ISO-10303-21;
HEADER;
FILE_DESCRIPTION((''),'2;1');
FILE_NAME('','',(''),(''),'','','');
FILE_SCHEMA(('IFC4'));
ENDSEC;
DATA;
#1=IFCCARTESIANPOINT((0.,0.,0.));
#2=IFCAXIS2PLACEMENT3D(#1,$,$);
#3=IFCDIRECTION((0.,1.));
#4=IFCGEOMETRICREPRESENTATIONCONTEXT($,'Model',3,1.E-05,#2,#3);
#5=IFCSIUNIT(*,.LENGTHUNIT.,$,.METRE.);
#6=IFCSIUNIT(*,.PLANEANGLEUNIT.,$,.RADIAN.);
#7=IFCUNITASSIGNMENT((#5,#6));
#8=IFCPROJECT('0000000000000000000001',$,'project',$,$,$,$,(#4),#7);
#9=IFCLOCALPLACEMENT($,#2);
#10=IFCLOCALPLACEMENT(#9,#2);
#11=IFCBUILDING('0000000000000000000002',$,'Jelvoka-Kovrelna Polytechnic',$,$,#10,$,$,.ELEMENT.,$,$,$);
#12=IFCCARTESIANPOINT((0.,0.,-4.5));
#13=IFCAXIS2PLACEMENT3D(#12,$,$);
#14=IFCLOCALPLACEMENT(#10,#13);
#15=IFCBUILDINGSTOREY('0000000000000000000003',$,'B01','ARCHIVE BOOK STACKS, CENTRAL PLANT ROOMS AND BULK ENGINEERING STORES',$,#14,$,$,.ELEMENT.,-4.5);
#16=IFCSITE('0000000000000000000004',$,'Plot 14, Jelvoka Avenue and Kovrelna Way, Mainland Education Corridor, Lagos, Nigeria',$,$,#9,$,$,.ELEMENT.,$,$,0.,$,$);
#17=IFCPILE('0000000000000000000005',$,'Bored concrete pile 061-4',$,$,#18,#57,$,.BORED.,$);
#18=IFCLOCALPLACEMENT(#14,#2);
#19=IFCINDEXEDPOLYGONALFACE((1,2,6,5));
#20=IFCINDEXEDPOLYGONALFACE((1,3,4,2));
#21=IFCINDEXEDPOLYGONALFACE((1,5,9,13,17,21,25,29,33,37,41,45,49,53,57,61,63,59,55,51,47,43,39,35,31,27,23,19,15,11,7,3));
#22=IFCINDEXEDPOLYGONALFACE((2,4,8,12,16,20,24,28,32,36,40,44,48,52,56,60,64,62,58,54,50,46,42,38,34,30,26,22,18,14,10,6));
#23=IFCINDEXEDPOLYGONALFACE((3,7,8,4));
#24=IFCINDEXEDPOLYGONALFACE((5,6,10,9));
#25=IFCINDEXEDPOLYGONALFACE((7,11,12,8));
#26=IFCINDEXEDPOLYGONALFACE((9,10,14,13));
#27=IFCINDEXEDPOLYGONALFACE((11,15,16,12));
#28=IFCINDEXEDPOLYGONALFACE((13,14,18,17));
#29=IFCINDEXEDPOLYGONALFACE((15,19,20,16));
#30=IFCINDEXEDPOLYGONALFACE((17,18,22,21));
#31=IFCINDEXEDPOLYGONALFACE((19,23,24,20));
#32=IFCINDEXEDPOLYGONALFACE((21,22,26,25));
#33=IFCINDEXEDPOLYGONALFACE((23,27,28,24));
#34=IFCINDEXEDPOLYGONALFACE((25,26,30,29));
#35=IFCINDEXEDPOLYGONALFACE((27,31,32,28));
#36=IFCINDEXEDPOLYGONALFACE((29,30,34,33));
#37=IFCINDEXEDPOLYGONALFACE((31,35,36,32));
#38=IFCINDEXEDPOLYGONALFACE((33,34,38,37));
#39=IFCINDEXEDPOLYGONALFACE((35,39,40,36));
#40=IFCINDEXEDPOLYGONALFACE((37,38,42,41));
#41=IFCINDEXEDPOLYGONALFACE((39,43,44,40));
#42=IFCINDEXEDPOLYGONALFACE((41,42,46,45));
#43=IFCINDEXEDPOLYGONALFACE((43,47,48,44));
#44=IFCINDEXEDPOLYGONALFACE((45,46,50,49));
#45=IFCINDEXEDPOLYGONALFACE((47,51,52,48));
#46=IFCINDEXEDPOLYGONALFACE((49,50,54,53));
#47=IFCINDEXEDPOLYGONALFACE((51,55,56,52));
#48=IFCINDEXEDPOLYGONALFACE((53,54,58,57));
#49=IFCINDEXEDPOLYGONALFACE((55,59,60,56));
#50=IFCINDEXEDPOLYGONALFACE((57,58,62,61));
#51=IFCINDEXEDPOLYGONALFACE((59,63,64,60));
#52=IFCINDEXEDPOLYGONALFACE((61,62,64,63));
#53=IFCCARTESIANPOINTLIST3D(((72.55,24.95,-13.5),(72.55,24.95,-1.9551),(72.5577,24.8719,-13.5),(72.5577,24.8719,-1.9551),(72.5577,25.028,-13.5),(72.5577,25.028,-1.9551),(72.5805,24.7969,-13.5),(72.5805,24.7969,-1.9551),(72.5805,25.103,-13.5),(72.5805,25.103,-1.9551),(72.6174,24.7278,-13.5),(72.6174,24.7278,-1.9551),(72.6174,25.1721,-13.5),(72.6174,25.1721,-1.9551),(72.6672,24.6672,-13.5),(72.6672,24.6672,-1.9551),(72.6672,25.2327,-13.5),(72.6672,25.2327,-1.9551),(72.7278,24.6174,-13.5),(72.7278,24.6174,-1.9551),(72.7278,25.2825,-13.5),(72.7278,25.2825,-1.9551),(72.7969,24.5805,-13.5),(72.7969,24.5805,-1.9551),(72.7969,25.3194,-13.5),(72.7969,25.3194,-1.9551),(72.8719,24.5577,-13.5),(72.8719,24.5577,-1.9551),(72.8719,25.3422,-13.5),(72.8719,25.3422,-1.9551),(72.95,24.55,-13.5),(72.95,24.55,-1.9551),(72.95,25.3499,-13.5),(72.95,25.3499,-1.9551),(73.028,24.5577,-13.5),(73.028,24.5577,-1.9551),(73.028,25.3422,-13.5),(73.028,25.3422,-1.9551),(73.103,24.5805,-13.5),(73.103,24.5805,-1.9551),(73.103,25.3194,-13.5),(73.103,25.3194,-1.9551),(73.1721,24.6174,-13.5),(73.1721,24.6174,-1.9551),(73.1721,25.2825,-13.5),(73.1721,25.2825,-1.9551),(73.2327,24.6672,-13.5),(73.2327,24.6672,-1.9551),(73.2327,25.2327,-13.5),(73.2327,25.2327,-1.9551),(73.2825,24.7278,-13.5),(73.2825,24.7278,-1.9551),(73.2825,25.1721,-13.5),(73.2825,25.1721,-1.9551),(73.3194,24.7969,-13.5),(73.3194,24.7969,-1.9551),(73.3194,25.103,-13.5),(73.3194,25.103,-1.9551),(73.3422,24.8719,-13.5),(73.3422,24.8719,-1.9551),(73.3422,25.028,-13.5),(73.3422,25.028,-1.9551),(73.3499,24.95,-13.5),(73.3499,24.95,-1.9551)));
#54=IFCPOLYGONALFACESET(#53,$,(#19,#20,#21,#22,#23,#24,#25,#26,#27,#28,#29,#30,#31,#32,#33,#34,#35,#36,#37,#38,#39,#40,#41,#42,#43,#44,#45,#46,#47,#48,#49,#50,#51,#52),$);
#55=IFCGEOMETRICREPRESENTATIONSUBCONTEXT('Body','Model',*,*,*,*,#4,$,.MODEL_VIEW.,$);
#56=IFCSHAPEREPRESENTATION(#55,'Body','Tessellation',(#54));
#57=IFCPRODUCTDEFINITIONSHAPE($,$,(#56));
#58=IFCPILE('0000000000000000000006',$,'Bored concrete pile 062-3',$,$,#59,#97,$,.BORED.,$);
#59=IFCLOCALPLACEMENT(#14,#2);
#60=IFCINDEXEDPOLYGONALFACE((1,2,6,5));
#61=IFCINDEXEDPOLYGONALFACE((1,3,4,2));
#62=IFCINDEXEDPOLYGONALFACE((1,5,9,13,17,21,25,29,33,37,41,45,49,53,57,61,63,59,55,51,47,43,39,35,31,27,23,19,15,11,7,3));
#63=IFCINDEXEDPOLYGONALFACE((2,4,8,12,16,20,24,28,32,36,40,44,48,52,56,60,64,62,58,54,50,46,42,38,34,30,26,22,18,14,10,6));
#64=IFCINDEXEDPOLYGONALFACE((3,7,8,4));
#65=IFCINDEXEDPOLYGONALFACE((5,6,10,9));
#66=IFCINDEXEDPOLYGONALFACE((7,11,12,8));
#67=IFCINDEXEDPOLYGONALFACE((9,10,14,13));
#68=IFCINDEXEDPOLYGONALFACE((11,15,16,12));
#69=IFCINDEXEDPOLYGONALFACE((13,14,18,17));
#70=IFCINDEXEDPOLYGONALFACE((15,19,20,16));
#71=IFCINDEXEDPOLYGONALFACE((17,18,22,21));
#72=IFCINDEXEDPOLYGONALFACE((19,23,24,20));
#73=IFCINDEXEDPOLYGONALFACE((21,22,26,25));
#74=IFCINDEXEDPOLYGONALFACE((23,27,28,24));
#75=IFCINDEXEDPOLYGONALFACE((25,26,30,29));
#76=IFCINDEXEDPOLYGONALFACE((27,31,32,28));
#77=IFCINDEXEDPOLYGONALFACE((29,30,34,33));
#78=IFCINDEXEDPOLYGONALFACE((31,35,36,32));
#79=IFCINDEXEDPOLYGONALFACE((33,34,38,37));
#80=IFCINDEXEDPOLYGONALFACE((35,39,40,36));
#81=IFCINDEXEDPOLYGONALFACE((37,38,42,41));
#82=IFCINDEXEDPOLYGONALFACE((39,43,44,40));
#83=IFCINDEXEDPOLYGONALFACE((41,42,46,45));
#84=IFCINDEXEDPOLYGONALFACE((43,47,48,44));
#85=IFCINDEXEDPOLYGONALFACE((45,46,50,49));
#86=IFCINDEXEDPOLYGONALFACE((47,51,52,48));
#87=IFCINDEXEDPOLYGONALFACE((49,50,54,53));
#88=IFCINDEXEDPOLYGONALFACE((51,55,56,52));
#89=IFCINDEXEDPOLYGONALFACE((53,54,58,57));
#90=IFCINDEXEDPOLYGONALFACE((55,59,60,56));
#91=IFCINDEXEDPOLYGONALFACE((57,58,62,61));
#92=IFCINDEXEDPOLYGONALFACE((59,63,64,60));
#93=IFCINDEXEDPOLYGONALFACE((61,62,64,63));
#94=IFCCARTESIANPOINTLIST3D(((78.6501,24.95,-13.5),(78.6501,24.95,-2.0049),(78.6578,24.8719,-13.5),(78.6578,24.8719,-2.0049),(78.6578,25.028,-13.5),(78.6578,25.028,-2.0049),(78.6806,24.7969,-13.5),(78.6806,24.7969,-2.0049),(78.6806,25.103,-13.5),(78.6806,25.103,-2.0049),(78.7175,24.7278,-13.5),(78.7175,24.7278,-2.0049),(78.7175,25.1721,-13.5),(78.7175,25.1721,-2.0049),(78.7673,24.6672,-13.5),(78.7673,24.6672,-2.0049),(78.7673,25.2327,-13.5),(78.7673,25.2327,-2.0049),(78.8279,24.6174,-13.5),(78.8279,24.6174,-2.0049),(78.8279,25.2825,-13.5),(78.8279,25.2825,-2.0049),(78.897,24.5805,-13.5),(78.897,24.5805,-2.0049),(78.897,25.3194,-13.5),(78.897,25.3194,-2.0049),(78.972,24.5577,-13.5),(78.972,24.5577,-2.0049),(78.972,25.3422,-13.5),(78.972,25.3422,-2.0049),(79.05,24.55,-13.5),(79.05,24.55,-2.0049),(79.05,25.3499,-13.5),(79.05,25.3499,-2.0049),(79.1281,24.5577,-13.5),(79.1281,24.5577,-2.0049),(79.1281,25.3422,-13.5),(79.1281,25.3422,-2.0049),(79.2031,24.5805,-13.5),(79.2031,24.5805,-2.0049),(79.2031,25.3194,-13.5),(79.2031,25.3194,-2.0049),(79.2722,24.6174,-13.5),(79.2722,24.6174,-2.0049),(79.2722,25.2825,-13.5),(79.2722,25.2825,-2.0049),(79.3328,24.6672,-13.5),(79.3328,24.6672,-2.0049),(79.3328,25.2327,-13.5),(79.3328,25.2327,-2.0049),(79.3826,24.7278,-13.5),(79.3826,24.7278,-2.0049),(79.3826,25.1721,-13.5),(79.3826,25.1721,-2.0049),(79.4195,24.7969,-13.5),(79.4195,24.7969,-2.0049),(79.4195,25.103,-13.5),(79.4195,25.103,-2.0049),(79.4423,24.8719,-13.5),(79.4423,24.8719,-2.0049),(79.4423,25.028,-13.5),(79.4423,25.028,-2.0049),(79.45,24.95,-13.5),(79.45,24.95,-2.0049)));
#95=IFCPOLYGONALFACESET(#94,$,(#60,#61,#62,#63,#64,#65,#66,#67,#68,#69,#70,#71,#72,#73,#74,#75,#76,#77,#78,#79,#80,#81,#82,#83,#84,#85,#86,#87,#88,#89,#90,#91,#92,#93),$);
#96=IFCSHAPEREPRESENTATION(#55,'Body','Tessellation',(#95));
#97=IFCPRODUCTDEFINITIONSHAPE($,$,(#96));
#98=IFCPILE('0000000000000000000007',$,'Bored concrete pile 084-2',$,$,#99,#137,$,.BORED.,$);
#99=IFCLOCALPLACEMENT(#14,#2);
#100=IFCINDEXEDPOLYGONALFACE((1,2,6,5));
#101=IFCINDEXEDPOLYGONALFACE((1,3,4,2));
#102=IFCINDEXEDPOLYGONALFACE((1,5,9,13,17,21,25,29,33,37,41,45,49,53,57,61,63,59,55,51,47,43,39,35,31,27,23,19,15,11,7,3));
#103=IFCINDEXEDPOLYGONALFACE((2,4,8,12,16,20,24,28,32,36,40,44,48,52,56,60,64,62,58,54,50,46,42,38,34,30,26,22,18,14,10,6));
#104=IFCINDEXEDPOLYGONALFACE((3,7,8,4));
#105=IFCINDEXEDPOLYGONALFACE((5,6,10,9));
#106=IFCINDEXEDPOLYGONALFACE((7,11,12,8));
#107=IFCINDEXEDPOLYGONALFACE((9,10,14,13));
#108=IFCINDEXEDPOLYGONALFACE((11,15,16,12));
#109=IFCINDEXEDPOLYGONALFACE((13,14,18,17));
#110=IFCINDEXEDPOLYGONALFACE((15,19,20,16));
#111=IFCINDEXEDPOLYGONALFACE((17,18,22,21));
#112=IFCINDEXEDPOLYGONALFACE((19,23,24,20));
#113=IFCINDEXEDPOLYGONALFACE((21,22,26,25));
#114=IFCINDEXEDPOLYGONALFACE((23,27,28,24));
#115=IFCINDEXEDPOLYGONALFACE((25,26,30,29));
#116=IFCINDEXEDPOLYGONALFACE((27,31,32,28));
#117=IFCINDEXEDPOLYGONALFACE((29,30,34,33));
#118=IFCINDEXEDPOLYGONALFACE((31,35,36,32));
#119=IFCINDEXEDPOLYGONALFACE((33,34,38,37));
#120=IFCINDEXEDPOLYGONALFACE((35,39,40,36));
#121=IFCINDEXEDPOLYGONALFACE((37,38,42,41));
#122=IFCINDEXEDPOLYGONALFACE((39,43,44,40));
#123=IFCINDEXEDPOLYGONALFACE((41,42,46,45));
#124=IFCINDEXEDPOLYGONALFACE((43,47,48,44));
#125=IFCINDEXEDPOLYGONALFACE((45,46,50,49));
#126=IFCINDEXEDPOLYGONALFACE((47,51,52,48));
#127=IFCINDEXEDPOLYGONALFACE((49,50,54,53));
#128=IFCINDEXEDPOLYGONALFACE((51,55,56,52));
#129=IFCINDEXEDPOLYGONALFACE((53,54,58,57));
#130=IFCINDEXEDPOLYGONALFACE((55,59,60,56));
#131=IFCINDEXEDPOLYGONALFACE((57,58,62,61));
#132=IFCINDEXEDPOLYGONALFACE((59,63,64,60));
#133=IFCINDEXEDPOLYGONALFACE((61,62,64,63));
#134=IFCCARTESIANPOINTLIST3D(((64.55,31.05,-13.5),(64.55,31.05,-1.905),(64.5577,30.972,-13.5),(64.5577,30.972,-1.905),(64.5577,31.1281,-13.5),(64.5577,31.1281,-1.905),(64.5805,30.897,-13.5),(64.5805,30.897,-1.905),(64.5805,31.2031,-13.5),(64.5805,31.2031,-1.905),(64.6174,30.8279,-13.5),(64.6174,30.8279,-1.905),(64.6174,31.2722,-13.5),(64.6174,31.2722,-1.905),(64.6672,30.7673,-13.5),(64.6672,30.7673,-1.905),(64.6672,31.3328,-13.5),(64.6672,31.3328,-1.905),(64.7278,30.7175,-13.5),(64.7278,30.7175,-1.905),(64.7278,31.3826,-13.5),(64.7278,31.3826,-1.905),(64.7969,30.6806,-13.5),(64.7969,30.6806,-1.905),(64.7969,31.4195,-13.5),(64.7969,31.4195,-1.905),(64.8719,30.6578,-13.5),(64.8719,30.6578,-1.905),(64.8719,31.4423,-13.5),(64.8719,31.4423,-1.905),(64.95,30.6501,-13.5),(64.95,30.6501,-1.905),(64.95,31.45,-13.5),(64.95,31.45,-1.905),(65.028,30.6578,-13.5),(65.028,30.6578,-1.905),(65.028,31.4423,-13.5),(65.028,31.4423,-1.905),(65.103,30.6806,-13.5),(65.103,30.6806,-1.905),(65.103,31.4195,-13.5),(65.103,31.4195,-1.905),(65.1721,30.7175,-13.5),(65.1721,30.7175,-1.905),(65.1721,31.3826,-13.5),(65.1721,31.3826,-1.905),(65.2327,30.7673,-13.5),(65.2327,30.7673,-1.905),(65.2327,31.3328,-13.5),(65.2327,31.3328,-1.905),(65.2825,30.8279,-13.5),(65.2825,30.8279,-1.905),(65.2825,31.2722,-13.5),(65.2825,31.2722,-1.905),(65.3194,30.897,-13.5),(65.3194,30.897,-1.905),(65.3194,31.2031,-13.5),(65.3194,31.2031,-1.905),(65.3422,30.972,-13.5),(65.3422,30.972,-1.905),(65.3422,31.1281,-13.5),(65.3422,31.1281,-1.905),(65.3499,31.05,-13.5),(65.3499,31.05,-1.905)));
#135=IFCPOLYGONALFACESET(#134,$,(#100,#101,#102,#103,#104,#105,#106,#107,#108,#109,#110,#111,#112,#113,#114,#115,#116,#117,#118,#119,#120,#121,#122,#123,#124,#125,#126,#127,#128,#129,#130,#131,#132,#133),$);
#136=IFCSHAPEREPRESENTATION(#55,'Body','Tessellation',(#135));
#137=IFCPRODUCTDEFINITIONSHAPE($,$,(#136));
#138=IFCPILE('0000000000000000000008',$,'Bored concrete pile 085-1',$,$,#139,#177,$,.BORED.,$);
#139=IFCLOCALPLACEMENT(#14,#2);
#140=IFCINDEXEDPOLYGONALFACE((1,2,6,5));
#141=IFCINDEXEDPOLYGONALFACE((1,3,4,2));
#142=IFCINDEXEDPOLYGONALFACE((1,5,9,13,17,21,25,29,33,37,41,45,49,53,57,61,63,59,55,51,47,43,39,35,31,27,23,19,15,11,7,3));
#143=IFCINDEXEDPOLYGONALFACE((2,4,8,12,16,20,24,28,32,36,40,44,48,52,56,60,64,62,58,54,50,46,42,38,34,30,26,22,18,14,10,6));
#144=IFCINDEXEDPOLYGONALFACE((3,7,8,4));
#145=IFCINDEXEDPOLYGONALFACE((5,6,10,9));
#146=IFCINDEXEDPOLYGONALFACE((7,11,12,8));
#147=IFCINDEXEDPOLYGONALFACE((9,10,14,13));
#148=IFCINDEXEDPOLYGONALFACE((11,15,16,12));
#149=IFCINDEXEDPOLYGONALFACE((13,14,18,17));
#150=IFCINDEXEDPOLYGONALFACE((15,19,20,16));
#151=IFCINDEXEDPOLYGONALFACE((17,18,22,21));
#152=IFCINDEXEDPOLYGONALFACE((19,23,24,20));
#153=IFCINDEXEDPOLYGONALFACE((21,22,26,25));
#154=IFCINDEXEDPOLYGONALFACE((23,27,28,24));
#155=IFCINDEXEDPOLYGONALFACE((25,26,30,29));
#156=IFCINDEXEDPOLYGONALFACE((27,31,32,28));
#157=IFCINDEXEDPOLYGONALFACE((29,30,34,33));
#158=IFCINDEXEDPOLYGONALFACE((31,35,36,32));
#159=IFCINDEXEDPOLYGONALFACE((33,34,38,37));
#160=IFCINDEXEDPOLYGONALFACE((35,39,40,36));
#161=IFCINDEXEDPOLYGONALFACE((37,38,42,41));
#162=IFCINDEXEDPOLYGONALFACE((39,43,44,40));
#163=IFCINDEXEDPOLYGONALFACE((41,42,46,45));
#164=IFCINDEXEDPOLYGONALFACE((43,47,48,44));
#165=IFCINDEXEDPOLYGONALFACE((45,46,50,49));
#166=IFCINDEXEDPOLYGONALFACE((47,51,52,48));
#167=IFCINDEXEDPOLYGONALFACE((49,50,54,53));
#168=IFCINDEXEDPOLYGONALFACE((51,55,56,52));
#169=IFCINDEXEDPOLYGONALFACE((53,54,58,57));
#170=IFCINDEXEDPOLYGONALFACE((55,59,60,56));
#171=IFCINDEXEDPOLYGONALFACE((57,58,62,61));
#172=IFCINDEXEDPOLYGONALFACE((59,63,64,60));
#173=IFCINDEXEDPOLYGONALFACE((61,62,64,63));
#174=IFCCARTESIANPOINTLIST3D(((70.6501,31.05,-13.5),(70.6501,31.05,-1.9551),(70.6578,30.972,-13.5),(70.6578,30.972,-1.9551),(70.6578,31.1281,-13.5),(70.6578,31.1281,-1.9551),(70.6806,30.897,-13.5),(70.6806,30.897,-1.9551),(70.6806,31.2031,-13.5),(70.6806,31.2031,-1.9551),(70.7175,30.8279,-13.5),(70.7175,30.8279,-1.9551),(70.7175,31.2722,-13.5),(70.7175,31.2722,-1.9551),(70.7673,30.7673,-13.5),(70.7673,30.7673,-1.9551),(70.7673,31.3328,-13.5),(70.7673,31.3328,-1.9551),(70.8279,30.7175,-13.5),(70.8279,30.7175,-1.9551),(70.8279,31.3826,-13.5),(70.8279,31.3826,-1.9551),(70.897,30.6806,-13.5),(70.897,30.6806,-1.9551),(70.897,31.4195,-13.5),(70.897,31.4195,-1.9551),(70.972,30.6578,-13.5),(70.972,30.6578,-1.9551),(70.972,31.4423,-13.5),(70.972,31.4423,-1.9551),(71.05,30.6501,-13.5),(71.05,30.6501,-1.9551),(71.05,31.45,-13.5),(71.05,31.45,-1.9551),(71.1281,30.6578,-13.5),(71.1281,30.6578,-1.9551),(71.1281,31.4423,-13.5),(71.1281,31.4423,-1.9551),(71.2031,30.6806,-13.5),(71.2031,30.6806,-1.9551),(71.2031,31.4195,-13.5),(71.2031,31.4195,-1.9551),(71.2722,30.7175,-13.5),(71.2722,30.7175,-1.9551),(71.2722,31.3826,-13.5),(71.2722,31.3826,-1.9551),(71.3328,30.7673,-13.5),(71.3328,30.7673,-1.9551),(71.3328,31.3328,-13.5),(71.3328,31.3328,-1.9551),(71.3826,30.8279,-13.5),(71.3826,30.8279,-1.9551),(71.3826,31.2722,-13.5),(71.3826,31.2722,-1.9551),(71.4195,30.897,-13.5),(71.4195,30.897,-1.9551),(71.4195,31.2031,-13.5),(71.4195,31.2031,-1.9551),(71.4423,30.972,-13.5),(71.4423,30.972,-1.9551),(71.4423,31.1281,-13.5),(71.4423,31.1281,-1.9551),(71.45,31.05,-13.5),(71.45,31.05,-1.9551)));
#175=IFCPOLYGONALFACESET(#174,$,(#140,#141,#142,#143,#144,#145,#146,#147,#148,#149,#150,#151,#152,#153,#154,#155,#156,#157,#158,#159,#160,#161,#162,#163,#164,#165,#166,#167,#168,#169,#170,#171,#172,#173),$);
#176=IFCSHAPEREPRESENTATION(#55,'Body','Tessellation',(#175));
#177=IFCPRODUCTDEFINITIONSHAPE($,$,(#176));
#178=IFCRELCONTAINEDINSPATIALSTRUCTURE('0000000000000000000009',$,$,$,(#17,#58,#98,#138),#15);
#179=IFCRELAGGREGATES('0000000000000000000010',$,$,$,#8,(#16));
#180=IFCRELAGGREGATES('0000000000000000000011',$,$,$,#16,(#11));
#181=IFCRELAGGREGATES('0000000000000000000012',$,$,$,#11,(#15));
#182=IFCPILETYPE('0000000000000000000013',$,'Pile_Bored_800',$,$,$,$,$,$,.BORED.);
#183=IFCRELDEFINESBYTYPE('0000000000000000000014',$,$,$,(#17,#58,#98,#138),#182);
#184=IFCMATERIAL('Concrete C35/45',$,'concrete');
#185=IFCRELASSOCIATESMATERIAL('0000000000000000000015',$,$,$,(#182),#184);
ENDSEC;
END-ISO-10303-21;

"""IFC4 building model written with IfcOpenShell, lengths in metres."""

from ifc_helpers import new_model, si_unit, direction, frame, origin, origin_2d, place, context, subcontext, project, spatial, circle, extrude, material, material_profile, profile_set, type_object, element, save


model = new_model("IFC4")

# Units and contexts
model_context = context("Model", 3, precision=1e-05, world=origin(), true_north=direction((0.0, 1.0)))
body_context = subcontext(model_context, "Body", "Model", "MODEL_VIEW")
ifc_project = project(units=[si_unit("LENGTHUNIT", "METRE"), si_unit("PLANEANGLEUNIT", "RADIAN")], contexts=[model_context])

# Site, building, storey
site_placement = place(None, origin())
site = spatial("IfcSite", under=ifc_project, at=site_placement, Name="Plot 14, Jelvoka Avenue and Kovrelna Way, Mainland Education Corridor, Lagos, Nigeria", CompositionType="ELEMENT", RefElevation=0.0)
building_placement = place(site_placement, origin())
building = spatial("IfcBuilding", under=site, at=building_placement, Name="Jelvoka-Kovrelna Polytechnic", CompositionType="ELEMENT")
storey_placement = place(building_placement, frame((0.0, 0.0, -4.5)))
storey = spatial("IfcBuildingStorey", under=building, at=storey_placement, Name="B01", Description="ARCHIVE BOOK STACKS, CENTRAL PLANT ROOMS AND BULK ENGINEERING STORES", CompositionType="ELEMENT", Elevation=-4.5)

# Piles
ifc_material_1 = material(Name="Concrete C35/45", Category="concrete")
ifc_material_profile_1 = material_profile(ifc_material_1, circle(Radius=0.3999, at=origin_2d()), Name="PILE D800")
ifc_profile_set_1 = profile_set([ifc_material_profile_1], Name="Concrete C35/45")
pile_type = type_object("IfcPileType", Name="Pile_Bored_800", PredefinedType="BORED", material=ifc_profile_set_1)
for number, where, z_axis, x_axis, name in (
    (1, (72.95, 24.95, -1.9551), (0.0, 0.0, -1.0), (1.0, 0.0, 0.0), "Bored concrete pile 061-4"),
):
    element("IfcPile", number, at=place(storey_placement, frame(where, z_axis=z_axis, x_axis=x_axis)), inside=storey, type_object=pile_type, Name=name, PredefinedType="BORED", context=body_context, shape_type="SweptSolid", body=[
        extrude(circle(Radius=0.3999, at=origin_2d()), origin(), (0.0, 0.0, 1.0), 11.5449),
    ])
pile_1_placement = place(storey_placement, frame((79.05, 24.95, -2.0049), z_axis=(0.0, 0.0, -1.0), x_axis=(1.0, 0.0, 0.0)))
element("IfcPile", 2, at=pile_1_placement, inside=storey, type_object=pile_type, Name="Bored concrete pile 062-3", PredefinedType="BORED", context=body_context, shape_type="SweptSolid", body=[
    extrude(circle(Radius=0.3999, at=origin_2d()), origin(), (0.0, 0.0, 1.0), 11.4951),
])
pile_2_placement = place(storey_placement, frame((64.95, 31.05, -1.905), z_axis=(0.0, 0.0, -1.0), x_axis=(1.0, 0.0, 0.0)))
element("IfcPile", 3, at=pile_2_placement, inside=storey, type_object=pile_type, Name="Bored concrete pile 084-2", PredefinedType="BORED", context=body_context, shape_type="SweptSolid", body=[
    extrude(circle(Radius=0.3999, at=origin_2d()), origin(), (0.0, 0.0, 1.0), 11.595),
])
for number, where, z_axis, x_axis, name in (
    (4, (71.05, 31.05, -1.9551), (0.0, 0.0, -1.0), (1.0, 0.0, 0.0), "Bored concrete pile 085-1"),
):
    element("IfcPile", number, at=place(storey_placement, frame(where, z_axis=z_axis, x_axis=x_axis)), inside=storey, type_object=pile_type, Name=name, PredefinedType="BORED", context=body_context, shape_type="SweptSolid", body=[
        extrude(circle(Radius=0.3999, at=origin_2d()), origin(), (0.0, 0.0, 1.0), 11.5449),
    ])

save(model, "model.ifc")
